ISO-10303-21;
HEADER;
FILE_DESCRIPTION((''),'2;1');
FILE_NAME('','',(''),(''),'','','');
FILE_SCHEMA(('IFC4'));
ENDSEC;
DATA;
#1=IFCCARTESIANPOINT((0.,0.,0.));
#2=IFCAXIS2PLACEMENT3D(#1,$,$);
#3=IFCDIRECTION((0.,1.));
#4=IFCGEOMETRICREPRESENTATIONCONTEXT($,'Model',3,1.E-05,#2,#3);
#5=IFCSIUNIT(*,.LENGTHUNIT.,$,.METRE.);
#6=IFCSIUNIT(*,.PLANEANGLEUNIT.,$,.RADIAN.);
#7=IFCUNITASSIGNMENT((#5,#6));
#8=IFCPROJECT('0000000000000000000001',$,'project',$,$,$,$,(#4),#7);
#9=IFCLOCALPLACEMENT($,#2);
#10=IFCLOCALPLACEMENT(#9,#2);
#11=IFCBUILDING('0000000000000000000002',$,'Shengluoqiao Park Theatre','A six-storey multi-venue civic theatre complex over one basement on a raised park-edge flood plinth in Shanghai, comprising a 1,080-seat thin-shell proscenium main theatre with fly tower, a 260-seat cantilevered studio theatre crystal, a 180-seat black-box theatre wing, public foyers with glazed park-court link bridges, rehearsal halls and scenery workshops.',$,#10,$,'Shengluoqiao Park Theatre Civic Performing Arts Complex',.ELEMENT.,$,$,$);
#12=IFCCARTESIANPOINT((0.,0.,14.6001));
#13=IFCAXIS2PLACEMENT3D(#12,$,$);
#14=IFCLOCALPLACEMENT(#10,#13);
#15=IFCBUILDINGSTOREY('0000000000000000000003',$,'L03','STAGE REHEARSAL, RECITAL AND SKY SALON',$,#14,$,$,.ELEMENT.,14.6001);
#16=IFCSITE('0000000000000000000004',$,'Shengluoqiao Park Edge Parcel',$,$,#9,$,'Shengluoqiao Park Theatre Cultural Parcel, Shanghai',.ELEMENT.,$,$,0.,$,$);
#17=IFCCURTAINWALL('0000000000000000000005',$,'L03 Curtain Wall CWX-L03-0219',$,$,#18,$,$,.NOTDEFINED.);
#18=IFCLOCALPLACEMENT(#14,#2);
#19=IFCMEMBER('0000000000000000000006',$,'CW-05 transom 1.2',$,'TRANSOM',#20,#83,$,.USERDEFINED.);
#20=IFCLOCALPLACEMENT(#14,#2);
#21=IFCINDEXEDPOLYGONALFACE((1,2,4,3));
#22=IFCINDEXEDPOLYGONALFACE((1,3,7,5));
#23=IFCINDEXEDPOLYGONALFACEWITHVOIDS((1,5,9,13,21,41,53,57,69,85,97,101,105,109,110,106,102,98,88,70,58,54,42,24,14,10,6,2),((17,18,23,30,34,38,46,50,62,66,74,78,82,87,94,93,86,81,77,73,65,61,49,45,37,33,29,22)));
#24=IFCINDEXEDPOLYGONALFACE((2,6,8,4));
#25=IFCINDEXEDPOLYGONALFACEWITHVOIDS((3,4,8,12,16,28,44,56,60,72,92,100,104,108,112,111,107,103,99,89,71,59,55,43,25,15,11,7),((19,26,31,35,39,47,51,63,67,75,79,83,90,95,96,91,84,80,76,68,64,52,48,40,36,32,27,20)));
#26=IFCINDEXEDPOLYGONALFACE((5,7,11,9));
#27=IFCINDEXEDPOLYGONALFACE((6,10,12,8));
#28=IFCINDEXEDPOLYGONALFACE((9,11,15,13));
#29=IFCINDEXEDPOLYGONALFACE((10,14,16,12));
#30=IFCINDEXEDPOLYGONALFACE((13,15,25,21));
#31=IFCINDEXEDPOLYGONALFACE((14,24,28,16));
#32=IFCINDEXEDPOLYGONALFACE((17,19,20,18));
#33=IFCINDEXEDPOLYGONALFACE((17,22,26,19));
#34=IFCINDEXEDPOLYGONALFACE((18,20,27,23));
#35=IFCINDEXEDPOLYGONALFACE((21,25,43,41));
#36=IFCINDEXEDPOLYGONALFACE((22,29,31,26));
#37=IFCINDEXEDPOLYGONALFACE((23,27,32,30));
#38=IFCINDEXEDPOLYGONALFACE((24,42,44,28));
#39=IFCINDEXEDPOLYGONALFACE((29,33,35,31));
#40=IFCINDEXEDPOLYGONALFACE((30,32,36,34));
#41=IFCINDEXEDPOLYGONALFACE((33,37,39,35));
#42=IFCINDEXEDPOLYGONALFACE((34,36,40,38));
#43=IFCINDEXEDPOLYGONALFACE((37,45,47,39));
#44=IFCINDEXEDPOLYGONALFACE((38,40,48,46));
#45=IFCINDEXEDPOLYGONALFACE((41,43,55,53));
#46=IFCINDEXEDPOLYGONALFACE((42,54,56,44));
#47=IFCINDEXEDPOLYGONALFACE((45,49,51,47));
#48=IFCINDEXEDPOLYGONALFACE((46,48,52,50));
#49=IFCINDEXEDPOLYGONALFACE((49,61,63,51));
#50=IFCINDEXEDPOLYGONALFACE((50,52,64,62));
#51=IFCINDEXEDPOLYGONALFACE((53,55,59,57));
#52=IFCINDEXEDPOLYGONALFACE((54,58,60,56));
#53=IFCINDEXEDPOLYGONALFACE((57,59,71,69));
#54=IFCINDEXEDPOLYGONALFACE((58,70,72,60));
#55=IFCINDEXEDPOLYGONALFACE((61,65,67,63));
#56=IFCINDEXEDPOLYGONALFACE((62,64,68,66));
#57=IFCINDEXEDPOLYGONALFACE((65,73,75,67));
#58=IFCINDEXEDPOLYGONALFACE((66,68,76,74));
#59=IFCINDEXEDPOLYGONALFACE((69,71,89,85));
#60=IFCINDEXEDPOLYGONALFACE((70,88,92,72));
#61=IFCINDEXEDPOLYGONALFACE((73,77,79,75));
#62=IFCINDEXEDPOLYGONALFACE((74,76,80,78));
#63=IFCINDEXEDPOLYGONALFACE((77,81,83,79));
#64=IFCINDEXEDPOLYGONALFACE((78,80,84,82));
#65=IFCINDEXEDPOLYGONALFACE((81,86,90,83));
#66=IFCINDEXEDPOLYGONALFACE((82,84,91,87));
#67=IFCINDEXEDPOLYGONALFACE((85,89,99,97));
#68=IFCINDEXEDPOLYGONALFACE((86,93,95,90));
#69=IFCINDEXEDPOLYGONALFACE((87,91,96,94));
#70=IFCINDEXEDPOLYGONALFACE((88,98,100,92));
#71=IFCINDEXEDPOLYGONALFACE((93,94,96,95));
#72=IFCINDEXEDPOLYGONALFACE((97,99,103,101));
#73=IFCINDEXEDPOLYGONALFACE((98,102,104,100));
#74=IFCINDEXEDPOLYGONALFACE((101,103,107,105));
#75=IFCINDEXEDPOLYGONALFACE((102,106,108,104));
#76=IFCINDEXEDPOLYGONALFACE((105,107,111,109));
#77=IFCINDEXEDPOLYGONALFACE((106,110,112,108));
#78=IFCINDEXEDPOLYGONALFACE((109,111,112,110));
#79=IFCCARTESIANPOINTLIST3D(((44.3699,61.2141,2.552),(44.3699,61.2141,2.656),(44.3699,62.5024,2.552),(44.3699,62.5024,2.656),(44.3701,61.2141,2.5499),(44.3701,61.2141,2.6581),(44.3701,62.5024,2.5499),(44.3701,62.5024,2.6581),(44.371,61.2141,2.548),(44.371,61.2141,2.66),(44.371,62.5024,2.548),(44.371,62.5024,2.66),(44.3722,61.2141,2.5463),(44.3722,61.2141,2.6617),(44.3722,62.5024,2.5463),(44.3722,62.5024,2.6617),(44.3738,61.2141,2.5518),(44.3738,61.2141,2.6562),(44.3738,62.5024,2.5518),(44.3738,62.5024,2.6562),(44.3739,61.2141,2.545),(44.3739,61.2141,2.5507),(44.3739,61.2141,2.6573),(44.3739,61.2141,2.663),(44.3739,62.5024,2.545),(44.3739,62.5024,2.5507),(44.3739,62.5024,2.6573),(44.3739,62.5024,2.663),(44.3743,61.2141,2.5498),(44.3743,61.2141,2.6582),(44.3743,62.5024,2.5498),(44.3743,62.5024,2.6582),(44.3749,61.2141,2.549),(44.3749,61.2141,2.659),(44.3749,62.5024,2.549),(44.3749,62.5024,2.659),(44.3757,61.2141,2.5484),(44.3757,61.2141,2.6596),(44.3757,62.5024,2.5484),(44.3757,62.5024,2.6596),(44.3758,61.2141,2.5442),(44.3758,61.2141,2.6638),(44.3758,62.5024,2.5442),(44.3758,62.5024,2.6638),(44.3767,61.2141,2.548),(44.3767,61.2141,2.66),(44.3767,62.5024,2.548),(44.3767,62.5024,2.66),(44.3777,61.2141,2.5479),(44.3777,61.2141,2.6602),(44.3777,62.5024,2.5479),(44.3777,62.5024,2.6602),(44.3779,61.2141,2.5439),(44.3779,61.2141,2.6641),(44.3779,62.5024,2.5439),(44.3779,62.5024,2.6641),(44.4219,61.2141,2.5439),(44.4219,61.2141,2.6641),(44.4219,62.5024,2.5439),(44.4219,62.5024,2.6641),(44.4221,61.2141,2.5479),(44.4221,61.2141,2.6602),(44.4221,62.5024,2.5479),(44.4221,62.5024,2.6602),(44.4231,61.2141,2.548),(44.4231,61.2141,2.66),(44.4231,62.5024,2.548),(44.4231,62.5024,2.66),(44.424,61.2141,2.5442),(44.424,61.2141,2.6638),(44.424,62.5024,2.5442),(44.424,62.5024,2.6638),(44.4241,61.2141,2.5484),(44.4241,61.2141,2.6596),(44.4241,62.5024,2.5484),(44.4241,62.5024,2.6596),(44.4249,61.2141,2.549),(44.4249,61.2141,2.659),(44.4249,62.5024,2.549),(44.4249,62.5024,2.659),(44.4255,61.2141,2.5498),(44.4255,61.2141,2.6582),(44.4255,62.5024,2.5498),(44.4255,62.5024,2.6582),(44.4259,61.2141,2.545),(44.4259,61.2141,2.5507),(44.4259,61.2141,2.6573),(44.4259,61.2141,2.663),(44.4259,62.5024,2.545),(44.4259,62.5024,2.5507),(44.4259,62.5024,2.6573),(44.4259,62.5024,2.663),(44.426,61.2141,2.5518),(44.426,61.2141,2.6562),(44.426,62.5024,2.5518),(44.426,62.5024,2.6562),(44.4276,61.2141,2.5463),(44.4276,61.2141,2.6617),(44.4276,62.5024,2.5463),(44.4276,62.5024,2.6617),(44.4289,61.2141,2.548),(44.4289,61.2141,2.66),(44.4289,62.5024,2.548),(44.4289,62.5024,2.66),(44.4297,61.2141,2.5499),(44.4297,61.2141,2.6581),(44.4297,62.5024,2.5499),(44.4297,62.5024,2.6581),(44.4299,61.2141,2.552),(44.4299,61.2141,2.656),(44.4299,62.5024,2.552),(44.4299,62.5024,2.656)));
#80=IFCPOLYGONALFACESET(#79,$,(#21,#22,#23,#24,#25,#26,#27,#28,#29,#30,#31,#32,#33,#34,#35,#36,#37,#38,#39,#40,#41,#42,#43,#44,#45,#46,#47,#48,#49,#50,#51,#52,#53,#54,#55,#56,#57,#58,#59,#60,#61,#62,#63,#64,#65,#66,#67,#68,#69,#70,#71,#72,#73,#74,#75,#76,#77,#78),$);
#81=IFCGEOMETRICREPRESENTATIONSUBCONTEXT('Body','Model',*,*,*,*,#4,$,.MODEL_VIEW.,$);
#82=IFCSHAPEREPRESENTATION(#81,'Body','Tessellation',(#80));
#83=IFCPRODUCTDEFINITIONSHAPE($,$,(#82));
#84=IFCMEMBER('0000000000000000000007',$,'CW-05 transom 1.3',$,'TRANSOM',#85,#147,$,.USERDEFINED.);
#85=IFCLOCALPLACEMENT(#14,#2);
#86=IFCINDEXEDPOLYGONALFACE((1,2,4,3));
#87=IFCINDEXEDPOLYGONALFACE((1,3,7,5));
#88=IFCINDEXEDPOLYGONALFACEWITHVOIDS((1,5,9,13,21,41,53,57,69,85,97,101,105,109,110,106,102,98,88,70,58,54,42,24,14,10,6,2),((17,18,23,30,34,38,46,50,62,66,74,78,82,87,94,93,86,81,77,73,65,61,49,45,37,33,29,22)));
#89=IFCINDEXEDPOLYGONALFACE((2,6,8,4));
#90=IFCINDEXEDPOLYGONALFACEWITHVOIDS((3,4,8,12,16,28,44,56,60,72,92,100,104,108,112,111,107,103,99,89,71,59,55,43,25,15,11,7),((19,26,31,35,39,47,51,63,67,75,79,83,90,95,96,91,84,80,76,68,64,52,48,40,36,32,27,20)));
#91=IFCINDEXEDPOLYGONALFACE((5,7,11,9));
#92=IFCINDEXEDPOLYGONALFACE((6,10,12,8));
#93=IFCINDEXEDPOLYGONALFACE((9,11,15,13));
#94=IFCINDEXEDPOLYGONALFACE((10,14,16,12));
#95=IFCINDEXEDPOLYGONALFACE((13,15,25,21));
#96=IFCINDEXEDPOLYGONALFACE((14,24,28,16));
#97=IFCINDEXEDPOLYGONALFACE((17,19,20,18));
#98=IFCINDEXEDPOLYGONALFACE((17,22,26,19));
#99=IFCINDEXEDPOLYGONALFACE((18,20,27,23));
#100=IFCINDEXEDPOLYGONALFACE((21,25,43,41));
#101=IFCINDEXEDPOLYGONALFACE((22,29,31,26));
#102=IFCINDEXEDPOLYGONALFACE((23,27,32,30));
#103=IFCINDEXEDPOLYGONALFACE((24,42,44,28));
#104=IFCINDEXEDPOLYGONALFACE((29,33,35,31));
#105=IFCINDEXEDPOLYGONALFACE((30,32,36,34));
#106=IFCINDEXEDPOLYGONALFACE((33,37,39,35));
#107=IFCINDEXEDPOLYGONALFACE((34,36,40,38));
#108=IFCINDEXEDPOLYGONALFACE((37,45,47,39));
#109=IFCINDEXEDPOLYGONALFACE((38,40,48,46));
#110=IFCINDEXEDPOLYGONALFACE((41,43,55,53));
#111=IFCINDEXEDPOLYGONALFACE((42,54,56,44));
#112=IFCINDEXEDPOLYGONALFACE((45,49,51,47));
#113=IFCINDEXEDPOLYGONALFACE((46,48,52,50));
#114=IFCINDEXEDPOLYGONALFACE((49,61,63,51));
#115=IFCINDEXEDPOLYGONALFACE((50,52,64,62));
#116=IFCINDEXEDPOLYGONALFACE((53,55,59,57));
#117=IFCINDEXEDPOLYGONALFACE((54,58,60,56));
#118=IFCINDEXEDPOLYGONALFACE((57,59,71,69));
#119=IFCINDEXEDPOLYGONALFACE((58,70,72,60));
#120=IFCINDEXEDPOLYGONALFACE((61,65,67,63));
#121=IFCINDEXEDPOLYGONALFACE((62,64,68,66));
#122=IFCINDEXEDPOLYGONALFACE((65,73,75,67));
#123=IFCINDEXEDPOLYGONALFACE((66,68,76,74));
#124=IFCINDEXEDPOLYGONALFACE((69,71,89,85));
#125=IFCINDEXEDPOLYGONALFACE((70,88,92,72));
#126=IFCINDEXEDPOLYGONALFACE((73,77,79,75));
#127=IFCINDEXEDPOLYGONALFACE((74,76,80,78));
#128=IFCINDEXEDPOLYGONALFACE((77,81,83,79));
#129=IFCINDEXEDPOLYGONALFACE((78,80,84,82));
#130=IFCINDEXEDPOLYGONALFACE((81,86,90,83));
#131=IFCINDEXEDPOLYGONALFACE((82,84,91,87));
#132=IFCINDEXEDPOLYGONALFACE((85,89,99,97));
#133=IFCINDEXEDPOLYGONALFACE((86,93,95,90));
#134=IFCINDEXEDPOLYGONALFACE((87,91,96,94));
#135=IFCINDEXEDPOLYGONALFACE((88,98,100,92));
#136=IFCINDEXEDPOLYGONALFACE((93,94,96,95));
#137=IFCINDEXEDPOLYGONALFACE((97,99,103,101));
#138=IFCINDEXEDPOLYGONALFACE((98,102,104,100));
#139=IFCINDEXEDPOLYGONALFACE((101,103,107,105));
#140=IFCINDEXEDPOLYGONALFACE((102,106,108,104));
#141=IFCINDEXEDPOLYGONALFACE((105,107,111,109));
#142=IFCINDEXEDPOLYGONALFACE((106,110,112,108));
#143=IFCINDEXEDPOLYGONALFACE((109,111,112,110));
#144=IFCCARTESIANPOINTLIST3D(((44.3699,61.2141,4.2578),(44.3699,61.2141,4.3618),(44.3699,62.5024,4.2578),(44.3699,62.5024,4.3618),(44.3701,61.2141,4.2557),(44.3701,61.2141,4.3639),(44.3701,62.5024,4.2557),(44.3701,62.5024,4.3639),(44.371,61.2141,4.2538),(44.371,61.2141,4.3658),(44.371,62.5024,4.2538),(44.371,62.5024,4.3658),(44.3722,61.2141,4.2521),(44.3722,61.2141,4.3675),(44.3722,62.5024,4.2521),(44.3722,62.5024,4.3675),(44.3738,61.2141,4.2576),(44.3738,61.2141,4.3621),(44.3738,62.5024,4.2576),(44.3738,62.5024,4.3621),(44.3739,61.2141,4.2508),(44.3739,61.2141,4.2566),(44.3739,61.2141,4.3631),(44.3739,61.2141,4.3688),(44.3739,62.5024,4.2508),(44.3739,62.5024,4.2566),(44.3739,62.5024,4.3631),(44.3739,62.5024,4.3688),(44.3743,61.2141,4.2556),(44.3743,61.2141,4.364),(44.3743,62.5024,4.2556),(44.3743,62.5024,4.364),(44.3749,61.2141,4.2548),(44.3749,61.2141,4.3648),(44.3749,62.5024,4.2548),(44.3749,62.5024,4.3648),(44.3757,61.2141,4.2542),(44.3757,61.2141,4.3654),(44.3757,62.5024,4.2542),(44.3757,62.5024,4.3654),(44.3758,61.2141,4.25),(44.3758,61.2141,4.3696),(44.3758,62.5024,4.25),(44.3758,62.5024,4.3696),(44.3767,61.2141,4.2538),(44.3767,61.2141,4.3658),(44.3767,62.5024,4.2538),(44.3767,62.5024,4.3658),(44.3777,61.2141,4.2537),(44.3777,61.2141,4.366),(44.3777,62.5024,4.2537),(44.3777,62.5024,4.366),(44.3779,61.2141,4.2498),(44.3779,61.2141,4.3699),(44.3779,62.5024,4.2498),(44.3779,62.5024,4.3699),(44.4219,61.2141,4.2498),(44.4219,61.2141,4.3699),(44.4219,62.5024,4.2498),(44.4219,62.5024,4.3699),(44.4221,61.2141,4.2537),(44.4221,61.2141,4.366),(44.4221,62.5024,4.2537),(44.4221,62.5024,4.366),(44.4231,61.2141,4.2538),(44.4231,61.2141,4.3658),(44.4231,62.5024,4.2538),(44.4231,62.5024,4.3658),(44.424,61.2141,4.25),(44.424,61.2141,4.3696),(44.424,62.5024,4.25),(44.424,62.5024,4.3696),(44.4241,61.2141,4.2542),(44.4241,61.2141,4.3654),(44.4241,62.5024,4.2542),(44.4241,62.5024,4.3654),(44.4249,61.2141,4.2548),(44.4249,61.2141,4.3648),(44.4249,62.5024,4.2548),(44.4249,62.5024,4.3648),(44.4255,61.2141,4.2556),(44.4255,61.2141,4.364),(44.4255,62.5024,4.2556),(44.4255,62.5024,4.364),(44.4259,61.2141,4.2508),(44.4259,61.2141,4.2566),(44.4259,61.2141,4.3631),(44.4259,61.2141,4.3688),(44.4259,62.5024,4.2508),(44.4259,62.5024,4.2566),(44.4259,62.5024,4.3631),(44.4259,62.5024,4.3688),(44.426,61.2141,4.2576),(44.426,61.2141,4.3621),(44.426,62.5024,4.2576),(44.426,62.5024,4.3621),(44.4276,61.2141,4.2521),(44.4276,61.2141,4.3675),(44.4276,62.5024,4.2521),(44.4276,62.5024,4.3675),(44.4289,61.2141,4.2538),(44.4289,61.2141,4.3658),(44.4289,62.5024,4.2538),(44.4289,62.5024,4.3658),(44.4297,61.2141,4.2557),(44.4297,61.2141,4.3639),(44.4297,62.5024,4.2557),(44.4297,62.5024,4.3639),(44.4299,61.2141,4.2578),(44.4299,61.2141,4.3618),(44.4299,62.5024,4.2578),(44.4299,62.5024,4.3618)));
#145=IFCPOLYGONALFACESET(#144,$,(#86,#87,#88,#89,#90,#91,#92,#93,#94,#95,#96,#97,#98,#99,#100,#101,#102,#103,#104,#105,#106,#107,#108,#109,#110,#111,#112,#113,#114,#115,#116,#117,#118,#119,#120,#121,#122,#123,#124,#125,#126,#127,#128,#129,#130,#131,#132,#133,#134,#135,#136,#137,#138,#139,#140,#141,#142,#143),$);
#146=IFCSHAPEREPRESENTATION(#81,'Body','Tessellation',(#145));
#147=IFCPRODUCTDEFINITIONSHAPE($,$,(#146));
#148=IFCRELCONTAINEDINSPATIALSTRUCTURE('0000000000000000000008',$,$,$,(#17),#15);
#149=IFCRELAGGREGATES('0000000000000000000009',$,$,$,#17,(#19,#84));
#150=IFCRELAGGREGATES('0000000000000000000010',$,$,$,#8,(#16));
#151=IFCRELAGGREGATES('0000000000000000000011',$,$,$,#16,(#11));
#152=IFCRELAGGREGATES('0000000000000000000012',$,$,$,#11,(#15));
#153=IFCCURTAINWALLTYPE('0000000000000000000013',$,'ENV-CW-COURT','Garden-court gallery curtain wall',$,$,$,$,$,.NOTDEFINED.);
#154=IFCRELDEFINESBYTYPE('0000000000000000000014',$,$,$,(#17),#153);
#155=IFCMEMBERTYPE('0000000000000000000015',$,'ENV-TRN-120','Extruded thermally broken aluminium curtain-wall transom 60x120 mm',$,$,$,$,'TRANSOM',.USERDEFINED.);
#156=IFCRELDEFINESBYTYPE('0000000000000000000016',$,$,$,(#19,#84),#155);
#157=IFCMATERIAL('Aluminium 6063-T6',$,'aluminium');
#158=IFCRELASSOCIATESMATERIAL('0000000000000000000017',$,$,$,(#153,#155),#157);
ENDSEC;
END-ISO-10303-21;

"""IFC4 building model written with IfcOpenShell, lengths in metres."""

from ifc_helpers import new_model, si_unit, direction, frame, origin, origin_2d, place, context, subcontext, project, spatial, hollow_rectangle, extrude, material, material_profile, profile_set, type_object, element, aggregate, save


model = new_model("IFC4")

# Units and contexts
model_context = context("Model", 3, precision=1e-05, world=origin(), true_north=direction((0.0, 1.0)))
body_context = subcontext(model_context, "Body", "Model", "MODEL_VIEW")
ifc_project = project(units=[si_unit("LENGTHUNIT", "METRE"), si_unit("PLANEANGLEUNIT", "RADIAN")], contexts=[model_context])

# Site, building, storey
site_placement = place(None, origin())
site = spatial("IfcSite", under=ifc_project, at=site_placement, Name="Shengluoqiao Park Edge Parcel", LongName="Shengluoqiao Park Theatre Cultural Parcel, Shanghai", CompositionType="ELEMENT", RefElevation=0.0)
building_placement = place(site_placement, origin())
building = spatial("IfcBuilding", under=site, at=building_placement, Name="Shengluoqiao Park Theatre", Description="A six-storey multi-venue civic theatre complex over one basement on a raised park-edge flood plinth in Shanghai, comprising a 1,080-seat thin-shell proscenium main theatre with fly tower, a 260-seat cantilevered studio theatre crystal, a 180-seat black-box theatre wing, public foyers with glazed park-court link bridges, rehearsal halls and scenery workshops.", LongName="Shengluoqiao Park Theatre Civic Performing Arts Complex", CompositionType="ELEMENT")
storey_placement = place(building_placement, frame((0.0, 0.0, 14.6001)))
storey = spatial("IfcBuildingStorey", under=building, at=storey_placement, Name="L03", Description="STAGE REHEARSAL, RECITAL AND SKY SALON", CompositionType="ELEMENT", Elevation=14.6001)

# Curtain wall
ifc_material_1 = material(Name="Aluminium 6063-T6", Category="aluminium")
curtain_wall_type = type_object("IfcCurtainWallType", Name="ENV-CW-COURT", Description="Garden-court gallery curtain wall", PredefinedType="NOTDEFINED", material=ifc_material_1)
curtain_wall_1_placement = place(storey_placement, origin())
curtain_wall_1 = element("IfcCurtainWall", 1, at=curtain_wall_1_placement, inside=storey, type_object=curtain_wall_type, Name="L03 Curtain Wall CWX-L03-0219", PredefinedType="NOTDEFINED")

# Members
ifc_material_profile_1 = material_profile(ifc_material_1, hollow_rectangle(XDim=0.0601, YDim=0.1201, WallThickness=0.0039, InnerFilletRadius=0.0039, OuterFilletRadius=0.0081, at=origin_2d()), Name="ALU TRANSOM 120x60x4")
ifc_profile_set_1 = profile_set([ifc_material_profile_1], Name="Aluminium 6063-T6")
member_type_1 = type_object("IfcMemberType", Name="ENV-TRN-120", Description="Extruded thermally broken aluminium curtain-wall transom 60x120 mm", ElementType="TRANSOM", PredefinedType="USERDEFINED", material=ifc_profile_set_1)
member_1_placement = place(storey_placement, frame((44.3999, 61.2141, 2.604), z_axis=(0.0, 1.0, 0.0), x_axis=(-1.0, 0.0, 0.0)))
member_1 = element("IfcMember", 2, at=member_1_placement, type_object=member_type_1, Name="CW-05 transom 1.2", ObjectType="TRANSOM", PredefinedType="USERDEFINED", context=body_context, shape_type="SweptSolid", body=[
    extrude(hollow_rectangle(XDim=0.0601, YDim=0.1201, WallThickness=0.0039, InnerFilletRadius=0.0039, OuterFilletRadius=0.0081, at=origin_2d()), origin(), (0.0, 0.0, 1.0), 1.2883),
])
member_2_placement = place(storey_placement, frame((44.3999, 61.2141, 4.3098), z_axis=(0.0, 1.0, 0.0), x_axis=(-1.0, 0.0, 0.0)))
member_2 = element("IfcMember", 3, at=member_2_placement, type_object=member_type_1, Name="CW-05 transom 1.3", ObjectType="TRANSOM", PredefinedType="USERDEFINED", context=body_context, shape_type="SweptSolid", body=[
    extrude(hollow_rectangle(XDim=0.0601, YDim=0.1201, WallThickness=0.0039, InnerFilletRadius=0.0039, OuterFilletRadius=0.0081, at=origin_2d()), origin(), (0.0, 0.0, 1.0), 1.2883),
])

aggregate(curtain_wall_1, [member_1, member_2])

save(model, "model.ifc")
